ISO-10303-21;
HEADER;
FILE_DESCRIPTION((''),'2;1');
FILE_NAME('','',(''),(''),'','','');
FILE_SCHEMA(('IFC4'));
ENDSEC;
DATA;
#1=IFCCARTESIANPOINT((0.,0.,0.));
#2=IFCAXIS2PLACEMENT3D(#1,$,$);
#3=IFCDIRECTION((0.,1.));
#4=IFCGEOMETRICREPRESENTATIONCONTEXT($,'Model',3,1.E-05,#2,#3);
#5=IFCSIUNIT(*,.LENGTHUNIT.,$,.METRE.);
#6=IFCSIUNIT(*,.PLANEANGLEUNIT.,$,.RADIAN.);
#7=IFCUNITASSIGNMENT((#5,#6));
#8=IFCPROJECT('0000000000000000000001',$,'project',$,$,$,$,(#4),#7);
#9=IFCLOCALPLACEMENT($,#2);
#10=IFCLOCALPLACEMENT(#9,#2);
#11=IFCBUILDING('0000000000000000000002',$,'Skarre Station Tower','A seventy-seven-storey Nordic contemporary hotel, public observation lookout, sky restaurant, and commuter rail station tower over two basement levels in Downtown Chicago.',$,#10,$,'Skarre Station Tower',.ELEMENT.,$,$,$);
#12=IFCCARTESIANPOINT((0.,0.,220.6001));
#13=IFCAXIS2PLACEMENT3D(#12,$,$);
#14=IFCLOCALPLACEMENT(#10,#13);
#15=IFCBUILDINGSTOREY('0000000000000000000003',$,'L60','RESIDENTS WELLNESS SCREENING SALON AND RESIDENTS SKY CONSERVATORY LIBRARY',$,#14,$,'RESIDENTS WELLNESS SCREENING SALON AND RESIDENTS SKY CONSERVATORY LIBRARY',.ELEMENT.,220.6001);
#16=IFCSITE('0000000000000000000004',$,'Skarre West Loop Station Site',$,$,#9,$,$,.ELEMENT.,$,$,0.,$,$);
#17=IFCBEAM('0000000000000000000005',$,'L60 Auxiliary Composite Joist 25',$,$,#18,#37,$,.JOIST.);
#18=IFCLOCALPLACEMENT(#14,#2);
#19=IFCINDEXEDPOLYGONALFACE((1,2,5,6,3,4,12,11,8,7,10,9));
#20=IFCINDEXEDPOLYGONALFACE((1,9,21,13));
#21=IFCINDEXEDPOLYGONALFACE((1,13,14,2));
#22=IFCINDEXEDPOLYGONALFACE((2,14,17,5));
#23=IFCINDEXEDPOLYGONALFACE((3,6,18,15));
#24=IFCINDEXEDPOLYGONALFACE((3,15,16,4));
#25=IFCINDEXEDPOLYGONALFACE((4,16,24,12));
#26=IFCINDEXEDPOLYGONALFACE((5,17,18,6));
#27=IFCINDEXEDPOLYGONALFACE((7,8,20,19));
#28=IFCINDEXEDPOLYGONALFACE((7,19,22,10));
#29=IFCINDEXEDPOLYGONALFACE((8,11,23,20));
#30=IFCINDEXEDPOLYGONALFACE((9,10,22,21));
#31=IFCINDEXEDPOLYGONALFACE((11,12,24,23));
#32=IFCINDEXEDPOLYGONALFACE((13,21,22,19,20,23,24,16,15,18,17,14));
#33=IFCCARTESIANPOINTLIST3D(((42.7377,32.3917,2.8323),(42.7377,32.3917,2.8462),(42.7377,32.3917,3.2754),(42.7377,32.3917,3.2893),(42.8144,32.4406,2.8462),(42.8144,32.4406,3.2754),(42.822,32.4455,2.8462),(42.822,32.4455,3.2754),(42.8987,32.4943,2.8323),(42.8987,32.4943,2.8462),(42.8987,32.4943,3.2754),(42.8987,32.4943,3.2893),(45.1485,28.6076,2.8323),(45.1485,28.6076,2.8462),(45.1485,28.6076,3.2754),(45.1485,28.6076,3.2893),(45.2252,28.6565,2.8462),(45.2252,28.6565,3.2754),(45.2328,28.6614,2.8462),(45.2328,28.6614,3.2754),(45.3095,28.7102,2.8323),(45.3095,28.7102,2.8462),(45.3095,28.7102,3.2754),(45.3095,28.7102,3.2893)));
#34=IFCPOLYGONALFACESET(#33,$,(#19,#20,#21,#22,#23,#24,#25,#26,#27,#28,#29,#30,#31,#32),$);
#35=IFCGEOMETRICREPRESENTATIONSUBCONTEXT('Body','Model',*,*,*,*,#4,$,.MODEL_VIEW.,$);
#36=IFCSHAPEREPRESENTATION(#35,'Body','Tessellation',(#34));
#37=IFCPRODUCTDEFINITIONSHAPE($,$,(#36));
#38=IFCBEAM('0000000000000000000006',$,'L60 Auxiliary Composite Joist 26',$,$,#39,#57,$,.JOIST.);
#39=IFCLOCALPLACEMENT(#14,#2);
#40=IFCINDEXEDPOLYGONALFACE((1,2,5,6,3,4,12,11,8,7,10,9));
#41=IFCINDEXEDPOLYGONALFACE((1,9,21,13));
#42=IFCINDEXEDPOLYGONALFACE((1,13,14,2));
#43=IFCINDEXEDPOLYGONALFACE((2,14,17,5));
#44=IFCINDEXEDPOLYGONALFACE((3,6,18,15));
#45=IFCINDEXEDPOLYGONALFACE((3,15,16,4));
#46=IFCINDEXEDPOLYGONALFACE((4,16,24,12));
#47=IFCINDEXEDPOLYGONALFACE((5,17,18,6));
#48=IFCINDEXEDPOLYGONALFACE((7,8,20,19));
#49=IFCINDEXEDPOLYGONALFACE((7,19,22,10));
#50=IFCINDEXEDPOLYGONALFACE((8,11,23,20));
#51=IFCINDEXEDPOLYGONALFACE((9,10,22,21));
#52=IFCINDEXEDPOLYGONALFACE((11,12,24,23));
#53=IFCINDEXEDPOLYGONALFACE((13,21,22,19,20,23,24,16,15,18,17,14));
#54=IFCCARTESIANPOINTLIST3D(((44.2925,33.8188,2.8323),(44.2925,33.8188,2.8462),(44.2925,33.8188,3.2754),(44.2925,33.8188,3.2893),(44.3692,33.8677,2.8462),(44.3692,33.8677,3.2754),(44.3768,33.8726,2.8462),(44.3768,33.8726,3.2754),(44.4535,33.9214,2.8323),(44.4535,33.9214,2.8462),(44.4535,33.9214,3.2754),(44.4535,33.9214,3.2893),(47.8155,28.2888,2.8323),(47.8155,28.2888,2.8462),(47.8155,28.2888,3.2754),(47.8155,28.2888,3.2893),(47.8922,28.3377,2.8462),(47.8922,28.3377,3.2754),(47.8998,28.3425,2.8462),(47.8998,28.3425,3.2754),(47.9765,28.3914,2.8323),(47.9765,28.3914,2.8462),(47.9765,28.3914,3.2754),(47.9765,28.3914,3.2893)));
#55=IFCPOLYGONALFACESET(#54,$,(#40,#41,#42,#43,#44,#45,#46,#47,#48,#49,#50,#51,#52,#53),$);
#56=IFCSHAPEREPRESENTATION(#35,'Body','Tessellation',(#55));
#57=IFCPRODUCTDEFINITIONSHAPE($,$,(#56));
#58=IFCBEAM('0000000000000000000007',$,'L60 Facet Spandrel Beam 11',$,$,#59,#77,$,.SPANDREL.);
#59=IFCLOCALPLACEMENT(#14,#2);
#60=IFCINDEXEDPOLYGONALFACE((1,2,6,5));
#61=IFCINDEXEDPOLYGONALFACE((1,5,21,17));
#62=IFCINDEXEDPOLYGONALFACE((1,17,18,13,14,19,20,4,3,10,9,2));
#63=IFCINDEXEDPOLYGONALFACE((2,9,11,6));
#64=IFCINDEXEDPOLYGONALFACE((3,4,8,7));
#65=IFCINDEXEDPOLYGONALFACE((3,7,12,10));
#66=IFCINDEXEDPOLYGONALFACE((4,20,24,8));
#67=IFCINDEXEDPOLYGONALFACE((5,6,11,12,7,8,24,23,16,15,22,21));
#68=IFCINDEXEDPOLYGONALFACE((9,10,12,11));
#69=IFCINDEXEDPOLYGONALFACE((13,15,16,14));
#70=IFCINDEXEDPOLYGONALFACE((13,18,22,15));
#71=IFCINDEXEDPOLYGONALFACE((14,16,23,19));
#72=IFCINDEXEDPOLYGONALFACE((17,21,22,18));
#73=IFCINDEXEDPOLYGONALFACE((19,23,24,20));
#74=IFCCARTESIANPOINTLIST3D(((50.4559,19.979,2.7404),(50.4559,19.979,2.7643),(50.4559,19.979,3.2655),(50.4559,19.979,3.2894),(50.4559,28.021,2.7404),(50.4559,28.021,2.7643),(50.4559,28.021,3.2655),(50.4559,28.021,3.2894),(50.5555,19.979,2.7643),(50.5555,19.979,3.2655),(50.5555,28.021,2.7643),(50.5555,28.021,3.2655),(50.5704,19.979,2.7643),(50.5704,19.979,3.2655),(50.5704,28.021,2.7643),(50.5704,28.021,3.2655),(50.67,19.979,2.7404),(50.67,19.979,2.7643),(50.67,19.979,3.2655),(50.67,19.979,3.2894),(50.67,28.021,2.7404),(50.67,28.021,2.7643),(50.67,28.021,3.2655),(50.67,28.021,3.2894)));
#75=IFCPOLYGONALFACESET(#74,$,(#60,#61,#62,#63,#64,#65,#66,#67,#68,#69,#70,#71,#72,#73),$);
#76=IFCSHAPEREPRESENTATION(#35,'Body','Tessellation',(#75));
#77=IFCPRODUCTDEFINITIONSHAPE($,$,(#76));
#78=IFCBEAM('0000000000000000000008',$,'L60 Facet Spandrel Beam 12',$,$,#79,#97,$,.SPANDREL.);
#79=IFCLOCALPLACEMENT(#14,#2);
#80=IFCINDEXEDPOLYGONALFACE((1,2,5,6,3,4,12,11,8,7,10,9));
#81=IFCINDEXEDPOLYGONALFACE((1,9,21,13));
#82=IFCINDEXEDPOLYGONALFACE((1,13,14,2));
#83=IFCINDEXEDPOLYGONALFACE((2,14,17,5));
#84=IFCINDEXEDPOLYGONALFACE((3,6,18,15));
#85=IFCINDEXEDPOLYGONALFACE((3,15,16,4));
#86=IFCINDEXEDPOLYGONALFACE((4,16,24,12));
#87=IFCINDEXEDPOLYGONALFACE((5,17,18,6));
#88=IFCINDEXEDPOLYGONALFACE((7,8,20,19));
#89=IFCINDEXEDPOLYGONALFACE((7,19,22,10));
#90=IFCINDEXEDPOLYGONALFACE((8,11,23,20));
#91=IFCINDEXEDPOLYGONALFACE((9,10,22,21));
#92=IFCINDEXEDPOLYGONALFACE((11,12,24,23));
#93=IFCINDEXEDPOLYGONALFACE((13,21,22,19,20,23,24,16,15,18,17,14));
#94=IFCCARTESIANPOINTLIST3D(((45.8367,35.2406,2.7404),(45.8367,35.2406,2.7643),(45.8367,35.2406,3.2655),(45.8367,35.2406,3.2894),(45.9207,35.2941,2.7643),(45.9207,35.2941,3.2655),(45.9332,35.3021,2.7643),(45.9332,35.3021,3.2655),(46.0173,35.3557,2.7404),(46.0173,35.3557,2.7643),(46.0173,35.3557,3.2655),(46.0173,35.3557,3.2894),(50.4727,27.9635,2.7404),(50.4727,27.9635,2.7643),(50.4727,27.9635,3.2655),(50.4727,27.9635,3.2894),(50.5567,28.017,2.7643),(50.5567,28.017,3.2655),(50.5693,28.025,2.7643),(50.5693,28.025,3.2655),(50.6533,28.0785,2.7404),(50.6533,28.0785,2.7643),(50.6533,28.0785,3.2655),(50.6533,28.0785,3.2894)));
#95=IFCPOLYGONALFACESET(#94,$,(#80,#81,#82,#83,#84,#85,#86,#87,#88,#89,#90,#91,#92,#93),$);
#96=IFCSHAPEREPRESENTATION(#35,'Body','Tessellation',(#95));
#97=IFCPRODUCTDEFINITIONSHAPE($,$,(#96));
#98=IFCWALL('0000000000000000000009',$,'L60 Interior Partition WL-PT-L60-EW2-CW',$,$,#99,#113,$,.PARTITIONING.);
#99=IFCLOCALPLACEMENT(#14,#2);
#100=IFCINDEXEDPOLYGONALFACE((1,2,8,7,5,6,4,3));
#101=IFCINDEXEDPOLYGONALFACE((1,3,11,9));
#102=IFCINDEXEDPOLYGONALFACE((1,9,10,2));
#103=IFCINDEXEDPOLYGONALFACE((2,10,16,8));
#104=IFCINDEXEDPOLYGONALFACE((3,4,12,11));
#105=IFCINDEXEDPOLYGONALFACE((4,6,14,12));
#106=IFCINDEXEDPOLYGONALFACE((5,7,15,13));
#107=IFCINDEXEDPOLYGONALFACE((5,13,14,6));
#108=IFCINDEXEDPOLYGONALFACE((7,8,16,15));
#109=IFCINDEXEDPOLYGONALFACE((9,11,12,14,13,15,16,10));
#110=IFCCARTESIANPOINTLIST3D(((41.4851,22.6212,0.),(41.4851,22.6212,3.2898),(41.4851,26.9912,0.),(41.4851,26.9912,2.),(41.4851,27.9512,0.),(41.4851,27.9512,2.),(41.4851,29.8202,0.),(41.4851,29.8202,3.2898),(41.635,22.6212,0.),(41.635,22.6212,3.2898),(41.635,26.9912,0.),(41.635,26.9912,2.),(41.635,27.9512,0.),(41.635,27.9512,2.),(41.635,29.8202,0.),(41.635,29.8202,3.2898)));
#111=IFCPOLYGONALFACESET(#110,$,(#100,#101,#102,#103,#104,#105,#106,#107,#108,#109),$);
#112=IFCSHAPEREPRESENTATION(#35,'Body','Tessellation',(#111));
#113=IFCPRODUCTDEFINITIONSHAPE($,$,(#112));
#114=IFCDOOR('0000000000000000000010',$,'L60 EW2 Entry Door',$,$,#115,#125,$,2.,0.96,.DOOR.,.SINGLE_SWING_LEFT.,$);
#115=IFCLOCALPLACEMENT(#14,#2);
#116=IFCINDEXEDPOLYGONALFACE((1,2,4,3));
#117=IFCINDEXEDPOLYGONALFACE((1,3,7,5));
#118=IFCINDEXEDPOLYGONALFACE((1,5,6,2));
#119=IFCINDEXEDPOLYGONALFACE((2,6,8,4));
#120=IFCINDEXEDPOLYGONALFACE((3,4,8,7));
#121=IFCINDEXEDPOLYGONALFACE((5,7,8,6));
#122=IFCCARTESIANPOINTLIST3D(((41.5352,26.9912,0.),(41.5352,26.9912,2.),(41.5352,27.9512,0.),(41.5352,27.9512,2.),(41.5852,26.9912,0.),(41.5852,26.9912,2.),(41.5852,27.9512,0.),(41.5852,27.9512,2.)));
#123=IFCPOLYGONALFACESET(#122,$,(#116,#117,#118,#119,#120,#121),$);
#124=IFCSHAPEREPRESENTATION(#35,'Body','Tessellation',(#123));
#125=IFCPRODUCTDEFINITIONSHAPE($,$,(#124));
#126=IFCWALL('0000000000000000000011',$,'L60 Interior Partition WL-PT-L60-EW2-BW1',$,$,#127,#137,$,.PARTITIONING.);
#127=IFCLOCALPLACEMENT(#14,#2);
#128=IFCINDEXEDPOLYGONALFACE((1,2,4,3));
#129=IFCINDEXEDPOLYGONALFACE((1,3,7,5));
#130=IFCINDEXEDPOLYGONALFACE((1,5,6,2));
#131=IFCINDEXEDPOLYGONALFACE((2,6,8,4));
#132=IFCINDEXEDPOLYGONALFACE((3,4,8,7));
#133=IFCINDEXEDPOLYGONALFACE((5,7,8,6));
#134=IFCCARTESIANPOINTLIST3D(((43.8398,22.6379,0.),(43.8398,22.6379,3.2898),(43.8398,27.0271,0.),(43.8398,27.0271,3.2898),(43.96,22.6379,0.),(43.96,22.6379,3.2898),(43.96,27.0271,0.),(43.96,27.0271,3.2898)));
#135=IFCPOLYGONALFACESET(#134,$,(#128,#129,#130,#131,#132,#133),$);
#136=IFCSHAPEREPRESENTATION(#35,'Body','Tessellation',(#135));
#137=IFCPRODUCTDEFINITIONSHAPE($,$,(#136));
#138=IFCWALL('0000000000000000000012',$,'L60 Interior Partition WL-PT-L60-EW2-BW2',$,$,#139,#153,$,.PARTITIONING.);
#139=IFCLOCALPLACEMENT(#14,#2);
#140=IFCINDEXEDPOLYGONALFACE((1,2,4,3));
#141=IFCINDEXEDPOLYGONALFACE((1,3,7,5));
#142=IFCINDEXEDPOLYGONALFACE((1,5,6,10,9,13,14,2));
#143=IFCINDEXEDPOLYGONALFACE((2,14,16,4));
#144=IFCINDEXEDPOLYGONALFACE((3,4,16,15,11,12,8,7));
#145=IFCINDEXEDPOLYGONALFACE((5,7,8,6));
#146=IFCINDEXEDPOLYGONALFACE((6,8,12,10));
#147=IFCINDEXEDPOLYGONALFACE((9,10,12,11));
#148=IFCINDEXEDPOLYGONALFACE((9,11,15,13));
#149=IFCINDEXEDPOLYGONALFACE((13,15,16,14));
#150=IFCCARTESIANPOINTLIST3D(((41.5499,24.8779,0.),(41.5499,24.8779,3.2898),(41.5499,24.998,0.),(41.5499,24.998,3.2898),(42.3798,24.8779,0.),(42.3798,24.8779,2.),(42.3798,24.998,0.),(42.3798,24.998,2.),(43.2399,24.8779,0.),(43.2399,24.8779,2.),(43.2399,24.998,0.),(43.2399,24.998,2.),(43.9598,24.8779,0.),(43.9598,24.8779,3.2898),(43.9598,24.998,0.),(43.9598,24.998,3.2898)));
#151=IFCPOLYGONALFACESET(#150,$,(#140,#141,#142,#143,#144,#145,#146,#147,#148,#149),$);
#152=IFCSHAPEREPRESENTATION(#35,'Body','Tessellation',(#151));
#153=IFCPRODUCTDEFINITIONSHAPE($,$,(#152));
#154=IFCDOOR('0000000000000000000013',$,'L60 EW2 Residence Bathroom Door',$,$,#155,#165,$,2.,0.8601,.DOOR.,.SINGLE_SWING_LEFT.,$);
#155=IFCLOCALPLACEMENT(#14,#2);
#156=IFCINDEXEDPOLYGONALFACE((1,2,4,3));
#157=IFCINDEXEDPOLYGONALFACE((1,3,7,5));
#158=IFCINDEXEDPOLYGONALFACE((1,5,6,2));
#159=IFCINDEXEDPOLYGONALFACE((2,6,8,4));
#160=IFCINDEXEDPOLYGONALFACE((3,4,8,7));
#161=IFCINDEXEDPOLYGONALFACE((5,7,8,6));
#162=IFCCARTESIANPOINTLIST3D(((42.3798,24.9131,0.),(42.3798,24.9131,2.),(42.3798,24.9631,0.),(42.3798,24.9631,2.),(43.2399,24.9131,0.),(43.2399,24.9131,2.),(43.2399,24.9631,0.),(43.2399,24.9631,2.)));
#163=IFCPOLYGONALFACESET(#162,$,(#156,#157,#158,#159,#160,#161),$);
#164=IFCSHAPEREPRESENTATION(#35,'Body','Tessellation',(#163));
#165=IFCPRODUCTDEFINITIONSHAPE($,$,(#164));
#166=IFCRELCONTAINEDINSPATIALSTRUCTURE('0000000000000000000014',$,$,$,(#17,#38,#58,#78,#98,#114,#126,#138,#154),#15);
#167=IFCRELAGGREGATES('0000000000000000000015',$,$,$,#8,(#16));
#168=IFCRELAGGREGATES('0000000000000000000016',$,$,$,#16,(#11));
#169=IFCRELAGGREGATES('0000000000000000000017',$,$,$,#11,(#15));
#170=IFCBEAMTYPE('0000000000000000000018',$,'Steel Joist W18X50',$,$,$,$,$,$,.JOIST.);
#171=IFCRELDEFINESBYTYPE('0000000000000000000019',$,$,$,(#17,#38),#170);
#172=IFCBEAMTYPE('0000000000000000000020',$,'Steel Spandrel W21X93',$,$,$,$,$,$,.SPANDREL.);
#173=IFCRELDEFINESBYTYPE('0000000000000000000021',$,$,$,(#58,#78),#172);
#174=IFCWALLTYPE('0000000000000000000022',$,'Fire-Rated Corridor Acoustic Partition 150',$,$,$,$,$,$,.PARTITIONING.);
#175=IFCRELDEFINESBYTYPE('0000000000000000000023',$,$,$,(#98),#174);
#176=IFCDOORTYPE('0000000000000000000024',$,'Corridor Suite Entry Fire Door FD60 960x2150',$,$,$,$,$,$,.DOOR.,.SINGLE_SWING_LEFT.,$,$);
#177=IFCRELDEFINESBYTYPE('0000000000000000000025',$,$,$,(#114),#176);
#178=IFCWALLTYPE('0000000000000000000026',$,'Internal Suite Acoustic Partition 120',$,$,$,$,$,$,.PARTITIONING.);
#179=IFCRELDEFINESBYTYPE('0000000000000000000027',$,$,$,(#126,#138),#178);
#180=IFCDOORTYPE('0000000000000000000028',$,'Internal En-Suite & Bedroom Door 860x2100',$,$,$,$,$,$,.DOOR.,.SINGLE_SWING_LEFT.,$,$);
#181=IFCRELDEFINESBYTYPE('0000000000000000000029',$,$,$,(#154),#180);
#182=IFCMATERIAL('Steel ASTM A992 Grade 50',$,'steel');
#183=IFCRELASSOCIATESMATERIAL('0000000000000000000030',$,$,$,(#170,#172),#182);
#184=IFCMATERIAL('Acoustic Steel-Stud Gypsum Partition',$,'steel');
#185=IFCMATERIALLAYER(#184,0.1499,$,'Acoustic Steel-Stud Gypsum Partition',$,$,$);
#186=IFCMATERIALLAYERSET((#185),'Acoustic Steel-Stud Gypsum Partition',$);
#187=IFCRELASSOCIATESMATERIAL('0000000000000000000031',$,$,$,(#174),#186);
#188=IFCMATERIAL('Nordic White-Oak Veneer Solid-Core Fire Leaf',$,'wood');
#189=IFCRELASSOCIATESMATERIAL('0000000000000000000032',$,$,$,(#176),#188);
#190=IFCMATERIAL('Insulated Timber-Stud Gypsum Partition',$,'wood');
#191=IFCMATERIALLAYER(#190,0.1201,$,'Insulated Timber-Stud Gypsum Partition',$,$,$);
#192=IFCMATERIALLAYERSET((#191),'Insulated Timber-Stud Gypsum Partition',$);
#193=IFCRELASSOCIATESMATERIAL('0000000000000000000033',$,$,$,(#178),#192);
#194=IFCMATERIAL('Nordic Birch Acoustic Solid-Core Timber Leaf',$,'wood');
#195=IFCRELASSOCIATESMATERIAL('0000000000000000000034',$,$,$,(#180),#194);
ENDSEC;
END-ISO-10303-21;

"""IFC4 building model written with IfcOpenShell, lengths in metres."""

from ifc_helpers import new_model, si_unit, direction, frame, frame_2d, origin, origin_2d, place, context, subcontext, project, spatial, rectangle, i_section, extrude, material, layer, layer_set, material_profile, profile_set, type_object, element, fill, save


model = new_model("IFC4")

# Units and contexts
model_context = context("Model", 3, precision=1e-05, world=origin(), true_north=direction((0.0, 1.0)))
body_context = subcontext(model_context, "Body", "Model", "MODEL_VIEW")
ifc_project = project(units=[si_unit("LENGTHUNIT", "METRE"), si_unit("PLANEANGLEUNIT", "RADIAN")], contexts=[model_context])

# Site, building, storey
site_placement = place(None, origin())
site = spatial("IfcSite", under=ifc_project, at=site_placement, Name="Skarre West Loop Station Site", CompositionType="ELEMENT", RefElevation=0.0)
building_placement = place(site_placement, origin())
building = spatial("IfcBuilding", under=site, at=building_placement, Name="Skarre Station Tower", Description="A seventy-seven-storey Nordic contemporary hotel, public observation lookout, sky restaurant, and commuter rail station tower over two basement levels in Downtown Chicago.", LongName="Skarre Station Tower", CompositionType="ELEMENT")
storey_placement = place(building_placement, frame((0.0, 0.0, 220.6001)))
storey = spatial("IfcBuildingStorey", under=building, at=storey_placement, Name="L60", Description="RESIDENTS WELLNESS SCREENING SALON AND RESIDENTS SKY CONSERVATORY LIBRARY", LongName="RESIDENTS WELLNESS SCREENING SALON AND RESIDENTS SKY CONSERVATORY LIBRARY", CompositionType="ELEMENT", Elevation=220.6001)

# Beams
ifc_material_1 = material(Name="Steel ASTM A992 Grade 50", Category="steel")
ifc_material_profile_1 = material_profile(ifc_material_1, i_section(OverallWidth=0.1909, OverallDepth=0.457, WebThickness=0.009, FlangeThickness=0.0139, at=origin_2d()), Name="Steel ASTM A992 Grade 50")
ifc_profile_set_1 = profile_set([ifc_material_profile_1], Name="Steel ASTM A992 Grade 50")
beam_type_1 = type_object("IfcBeamType", Name="Steel Joist W18X50", PredefinedType="JOIST", material=ifc_profile_set_1)
beam_1_placement = place(storey_placement, frame((45.229, 28.6589, 3.0608), z_axis=(-0.537316, 0.843381, 0.0), x_axis=(-0.843381, -0.537316, 0.0)))
element("IfcBeam", 1, at=beam_1_placement, inside=storey, type_object=beam_type_1, Name="L60 Auxiliary Composite Joist 25", PredefinedType="JOIST", context=body_context, shape_type="SweptSolid", body=[
    extrude(i_section(OverallWidth=0.1909, OverallDepth=0.457, WebThickness=0.009, FlangeThickness=0.0139, at=origin_2d()), origin(), (0.0, 0.0, 1.0), 4.4868),
])
beam_2_placement = place(storey_placement, frame((47.896, 28.3401, 3.0608), z_axis=(-0.537292, 0.843396, 0.0), x_axis=(-0.843396, -0.537292, 0.0)))
element("IfcBeam", 2, at=beam_2_placement, inside=storey, type_object=beam_type_1, Name="L60 Auxiliary Composite Joist 26", PredefinedType="JOIST", context=body_context, shape_type="SweptSolid", body=[
    extrude(i_section(OverallWidth=0.1909, OverallDepth=0.457, WebThickness=0.009, FlangeThickness=0.0139, at=origin_2d()), origin(), (0.0, 0.0, 1.0), 6.5569),
])
ifc_material_profile_2 = material_profile(ifc_material_1, i_section(OverallWidth=0.2141, OverallDepth=0.5491, WebThickness=0.0149, FlangeThickness=0.0239, at=origin_2d()), Name="Steel ASTM A992 Grade 50")
ifc_profile_set_2 = profile_set([ifc_material_profile_2], Name="Steel ASTM A992 Grade 50")
beam_type_2 = type_object("IfcBeamType", Name="Steel Spandrel W21X93", PredefinedType="SPANDREL", material=ifc_profile_set_2)
beam_3_placement = place(storey_placement, frame((50.563, 19.979, 3.0149), z_axis=(0.0, 1.0, 0.0), x_axis=(-1.0, 0.0, 0.0)))
element("IfcBeam", 3, at=beam_3_placement, inside=storey, type_object=beam_type_2, Name="L60 Facet Spandrel Beam 11", PredefinedType="SPANDREL", context=body_context, shape_type="SweptSolid", body=[
    extrude(i_section(OverallWidth=0.2141, OverallDepth=0.5491, WebThickness=0.0149, FlangeThickness=0.0239, at=origin_2d()), origin(), (0.0, 0.0, 1.0), 8.042),
])
beam_4_placement = place(storey_placement, frame((50.563, 28.021, 3.0149), z_axis=(-0.537297, 0.843393, 0.0), x_axis=(-0.843393, -0.537297, 0.0)))
element("IfcBeam", 4, at=beam_4_placement, inside=storey, type_object=beam_type_2, Name="L60 Facet Spandrel Beam 12", PredefinedType="SPANDREL", context=body_context, shape_type="SweptSolid", body=[
    extrude(i_section(OverallWidth=0.2141, OverallDepth=0.5491, WebThickness=0.0149, FlangeThickness=0.0239, at=origin_2d()), origin(), (0.0, 0.0, 1.0), 8.6284),
])

# Wall, opening, door
ifc_material_2 = material(Name="Acoustic Steel-Stud Gypsum Partition", Category="steel")
ifc_layer_1 = layer(ifc_material_2, 0.1499, Name="Acoustic Steel-Stud Gypsum Partition")
ifc_layer_set_1 = layer_set([ifc_layer_1], Name="Acoustic Steel-Stud Gypsum Partition")
wall_type_1 = type_object("IfcWallType", Name="Fire-Rated Corridor Acoustic Partition 150", PredefinedType="PARTITIONING", material=ifc_layer_set_1)
wall_1_placement = place(storey_placement, frame((41.5601, 22.6211, 0.0), z_axis=(0.0, 0.0, 1.0), x_axis=(0.0, 1.0, 0.0)))
wall_1 = element("IfcWall", 5, at=wall_1_placement, inside=storey, type_object=wall_type_1, Name="L60 Interior Partition WL-PT-L60-EW2-CW", PredefinedType="PARTITIONING", context=body_context, shape_type="SweptSolid", body=[
    extrude(rectangle(XDim=7.199, YDim=0.1499, at=frame_2d((3.5996, 0.0))), origin(), (0.0, 0.0, 1.0), 3.2898),
])
opening_1_placement = place(wall_1_placement, frame((4.3701, 0.0, 0.0)))
opening_1 = element("IfcOpeningElement", 6, at=opening_1_placement, cuts=wall_1, PredefinedType="OPENING", context=body_context, shape_type="SweptSolid", body=[
    extrude(rectangle(XDim=0.96, YDim=2.0, at=frame_2d((0.48, 1.0))), frame((0.0, 0.085, 0.0), z_axis=(0.0, -1.0, 0.0), x_axis=(1.0, 0.0, 0.0)), (0.0, 0.0, 1.0), 0.1699),
])
ifc_material_3 = material(Name="Nordic White-Oak Veneer Solid-Core Fire Leaf", Category="wood")
door_type_1 = type_object("IfcDoorType", Name="Corridor Suite Entry Fire Door FD60 960x2150", OperationType="SINGLE_SWING_LEFT", PredefinedType="DOOR", material=ifc_material_3)
door_1_placement = place(opening_1_placement, origin())
door_1 = element("IfcDoor", 7, at=door_1_placement, inside=storey, type_object=door_type_1, Name="L60 EW2 Entry Door", OperationType="SINGLE_SWING_LEFT", OverallHeight=2.0, OverallWidth=0.96, PredefinedType="DOOR", context=body_context, shape_type="SweptSolid", body=[
    extrude(rectangle(XDim=0.96, YDim=2.0, at=frame_2d((0.48, 1.0))), frame((0.0, 0.0249, 0.0), z_axis=(0.0, -1.0, 0.0), x_axis=(1.0, 0.0, 0.0)), (0.0, 0.0, 1.0), 0.05),
])
fill(opening_1, door_1)

# Wall
ifc_material_4 = material(Name="Insulated Timber-Stud Gypsum Partition", Category="wood")
ifc_layer_2 = layer(ifc_material_4, 0.1201, Name="Insulated Timber-Stud Gypsum Partition")
ifc_layer_set_2 = layer_set([ifc_layer_2], Name="Insulated Timber-Stud Gypsum Partition")
wall_type_2 = type_object("IfcWallType", Name="Internal Suite Acoustic Partition 120", PredefinedType="PARTITIONING", material=ifc_layer_set_2)
wall_2_placement = place(storey_placement, frame((43.8999, 22.6379, 0.0), z_axis=(0.0, 0.0, 1.0), x_axis=(0.0, 1.0, 0.0)))
element("IfcWall", 8, at=wall_2_placement, inside=storey, type_object=wall_type_2, Name="L60 Interior Partition WL-PT-L60-EW2-BW1", PredefinedType="PARTITIONING", context=body_context, shape_type="SweptSolid", body=[
    extrude(rectangle(XDim=4.3892, YDim=0.1201, at=frame_2d((2.1946, 0.0))), origin(), (0.0, 0.0, 1.0), 3.2898),
])

# Wall, opening, door
wall_3_placement = place(storey_placement, frame((43.96, 24.938, 0.0), z_axis=(0.0, 0.0, 1.0), x_axis=(-1.0, 0.0, 0.0)))
wall_3 = element("IfcWall", 9, at=wall_3_placement, inside=storey, type_object=wall_type_2, Name="L60 Interior Partition WL-PT-L60-EW2-BW2", PredefinedType="PARTITIONING", context=body_context, shape_type="SweptSolid", body=[
    extrude(rectangle(XDim=2.4099, YDim=0.1201, at=frame_2d((1.2051, 0.0))), origin(), (0.0, 0.0, 1.0), 3.2898),
])
opening_2_placement = place(wall_3_placement, frame((0.72, 0.0, 0.0)))
opening_2 = element("IfcOpeningElement", 10, at=opening_2_placement, cuts=wall_3, PredefinedType="OPENING", context=body_context, shape_type="SweptSolid", body=[
    extrude(rectangle(XDim=0.8601, YDim=2.0, at=frame_2d((0.4302, 1.0))), frame((0.0, 0.0701, 0.0), z_axis=(0.0, -1.0, 0.0), x_axis=(1.0, 0.0, 0.0)), (0.0, 0.0, 1.0), 0.1401),
])
ifc_material_5 = material(Name="Nordic Birch Acoustic Solid-Core Timber Leaf", Category="wood")
door_type_2 = type_object("IfcDoorType", Name="Internal En-Suite & Bedroom Door 860x2100", OperationType="SINGLE_SWING_LEFT", PredefinedType="DOOR", material=ifc_material_5)
door_2_placement = place(opening_2_placement, origin())
door_2 = element("IfcDoor", 11, at=door_2_placement, inside=storey, type_object=door_type_2, Name="L60 EW2 Residence Bathroom Door", OperationType="SINGLE_SWING_LEFT", OverallHeight=2.0, OverallWidth=0.8601, PredefinedType="DOOR", context=body_context, shape_type="SweptSolid", body=[
    extrude(rectangle(XDim=0.8601, YDim=2.0, at=frame_2d((0.4302, 1.0))), frame((0.0, 0.0249, 0.0), z_axis=(0.0, -1.0, 0.0), x_axis=(1.0, 0.0, 0.0)), (0.0, 0.0, 1.0), 0.05),
])
fill(opening_2, door_2)

save(model, "model.ifc")
